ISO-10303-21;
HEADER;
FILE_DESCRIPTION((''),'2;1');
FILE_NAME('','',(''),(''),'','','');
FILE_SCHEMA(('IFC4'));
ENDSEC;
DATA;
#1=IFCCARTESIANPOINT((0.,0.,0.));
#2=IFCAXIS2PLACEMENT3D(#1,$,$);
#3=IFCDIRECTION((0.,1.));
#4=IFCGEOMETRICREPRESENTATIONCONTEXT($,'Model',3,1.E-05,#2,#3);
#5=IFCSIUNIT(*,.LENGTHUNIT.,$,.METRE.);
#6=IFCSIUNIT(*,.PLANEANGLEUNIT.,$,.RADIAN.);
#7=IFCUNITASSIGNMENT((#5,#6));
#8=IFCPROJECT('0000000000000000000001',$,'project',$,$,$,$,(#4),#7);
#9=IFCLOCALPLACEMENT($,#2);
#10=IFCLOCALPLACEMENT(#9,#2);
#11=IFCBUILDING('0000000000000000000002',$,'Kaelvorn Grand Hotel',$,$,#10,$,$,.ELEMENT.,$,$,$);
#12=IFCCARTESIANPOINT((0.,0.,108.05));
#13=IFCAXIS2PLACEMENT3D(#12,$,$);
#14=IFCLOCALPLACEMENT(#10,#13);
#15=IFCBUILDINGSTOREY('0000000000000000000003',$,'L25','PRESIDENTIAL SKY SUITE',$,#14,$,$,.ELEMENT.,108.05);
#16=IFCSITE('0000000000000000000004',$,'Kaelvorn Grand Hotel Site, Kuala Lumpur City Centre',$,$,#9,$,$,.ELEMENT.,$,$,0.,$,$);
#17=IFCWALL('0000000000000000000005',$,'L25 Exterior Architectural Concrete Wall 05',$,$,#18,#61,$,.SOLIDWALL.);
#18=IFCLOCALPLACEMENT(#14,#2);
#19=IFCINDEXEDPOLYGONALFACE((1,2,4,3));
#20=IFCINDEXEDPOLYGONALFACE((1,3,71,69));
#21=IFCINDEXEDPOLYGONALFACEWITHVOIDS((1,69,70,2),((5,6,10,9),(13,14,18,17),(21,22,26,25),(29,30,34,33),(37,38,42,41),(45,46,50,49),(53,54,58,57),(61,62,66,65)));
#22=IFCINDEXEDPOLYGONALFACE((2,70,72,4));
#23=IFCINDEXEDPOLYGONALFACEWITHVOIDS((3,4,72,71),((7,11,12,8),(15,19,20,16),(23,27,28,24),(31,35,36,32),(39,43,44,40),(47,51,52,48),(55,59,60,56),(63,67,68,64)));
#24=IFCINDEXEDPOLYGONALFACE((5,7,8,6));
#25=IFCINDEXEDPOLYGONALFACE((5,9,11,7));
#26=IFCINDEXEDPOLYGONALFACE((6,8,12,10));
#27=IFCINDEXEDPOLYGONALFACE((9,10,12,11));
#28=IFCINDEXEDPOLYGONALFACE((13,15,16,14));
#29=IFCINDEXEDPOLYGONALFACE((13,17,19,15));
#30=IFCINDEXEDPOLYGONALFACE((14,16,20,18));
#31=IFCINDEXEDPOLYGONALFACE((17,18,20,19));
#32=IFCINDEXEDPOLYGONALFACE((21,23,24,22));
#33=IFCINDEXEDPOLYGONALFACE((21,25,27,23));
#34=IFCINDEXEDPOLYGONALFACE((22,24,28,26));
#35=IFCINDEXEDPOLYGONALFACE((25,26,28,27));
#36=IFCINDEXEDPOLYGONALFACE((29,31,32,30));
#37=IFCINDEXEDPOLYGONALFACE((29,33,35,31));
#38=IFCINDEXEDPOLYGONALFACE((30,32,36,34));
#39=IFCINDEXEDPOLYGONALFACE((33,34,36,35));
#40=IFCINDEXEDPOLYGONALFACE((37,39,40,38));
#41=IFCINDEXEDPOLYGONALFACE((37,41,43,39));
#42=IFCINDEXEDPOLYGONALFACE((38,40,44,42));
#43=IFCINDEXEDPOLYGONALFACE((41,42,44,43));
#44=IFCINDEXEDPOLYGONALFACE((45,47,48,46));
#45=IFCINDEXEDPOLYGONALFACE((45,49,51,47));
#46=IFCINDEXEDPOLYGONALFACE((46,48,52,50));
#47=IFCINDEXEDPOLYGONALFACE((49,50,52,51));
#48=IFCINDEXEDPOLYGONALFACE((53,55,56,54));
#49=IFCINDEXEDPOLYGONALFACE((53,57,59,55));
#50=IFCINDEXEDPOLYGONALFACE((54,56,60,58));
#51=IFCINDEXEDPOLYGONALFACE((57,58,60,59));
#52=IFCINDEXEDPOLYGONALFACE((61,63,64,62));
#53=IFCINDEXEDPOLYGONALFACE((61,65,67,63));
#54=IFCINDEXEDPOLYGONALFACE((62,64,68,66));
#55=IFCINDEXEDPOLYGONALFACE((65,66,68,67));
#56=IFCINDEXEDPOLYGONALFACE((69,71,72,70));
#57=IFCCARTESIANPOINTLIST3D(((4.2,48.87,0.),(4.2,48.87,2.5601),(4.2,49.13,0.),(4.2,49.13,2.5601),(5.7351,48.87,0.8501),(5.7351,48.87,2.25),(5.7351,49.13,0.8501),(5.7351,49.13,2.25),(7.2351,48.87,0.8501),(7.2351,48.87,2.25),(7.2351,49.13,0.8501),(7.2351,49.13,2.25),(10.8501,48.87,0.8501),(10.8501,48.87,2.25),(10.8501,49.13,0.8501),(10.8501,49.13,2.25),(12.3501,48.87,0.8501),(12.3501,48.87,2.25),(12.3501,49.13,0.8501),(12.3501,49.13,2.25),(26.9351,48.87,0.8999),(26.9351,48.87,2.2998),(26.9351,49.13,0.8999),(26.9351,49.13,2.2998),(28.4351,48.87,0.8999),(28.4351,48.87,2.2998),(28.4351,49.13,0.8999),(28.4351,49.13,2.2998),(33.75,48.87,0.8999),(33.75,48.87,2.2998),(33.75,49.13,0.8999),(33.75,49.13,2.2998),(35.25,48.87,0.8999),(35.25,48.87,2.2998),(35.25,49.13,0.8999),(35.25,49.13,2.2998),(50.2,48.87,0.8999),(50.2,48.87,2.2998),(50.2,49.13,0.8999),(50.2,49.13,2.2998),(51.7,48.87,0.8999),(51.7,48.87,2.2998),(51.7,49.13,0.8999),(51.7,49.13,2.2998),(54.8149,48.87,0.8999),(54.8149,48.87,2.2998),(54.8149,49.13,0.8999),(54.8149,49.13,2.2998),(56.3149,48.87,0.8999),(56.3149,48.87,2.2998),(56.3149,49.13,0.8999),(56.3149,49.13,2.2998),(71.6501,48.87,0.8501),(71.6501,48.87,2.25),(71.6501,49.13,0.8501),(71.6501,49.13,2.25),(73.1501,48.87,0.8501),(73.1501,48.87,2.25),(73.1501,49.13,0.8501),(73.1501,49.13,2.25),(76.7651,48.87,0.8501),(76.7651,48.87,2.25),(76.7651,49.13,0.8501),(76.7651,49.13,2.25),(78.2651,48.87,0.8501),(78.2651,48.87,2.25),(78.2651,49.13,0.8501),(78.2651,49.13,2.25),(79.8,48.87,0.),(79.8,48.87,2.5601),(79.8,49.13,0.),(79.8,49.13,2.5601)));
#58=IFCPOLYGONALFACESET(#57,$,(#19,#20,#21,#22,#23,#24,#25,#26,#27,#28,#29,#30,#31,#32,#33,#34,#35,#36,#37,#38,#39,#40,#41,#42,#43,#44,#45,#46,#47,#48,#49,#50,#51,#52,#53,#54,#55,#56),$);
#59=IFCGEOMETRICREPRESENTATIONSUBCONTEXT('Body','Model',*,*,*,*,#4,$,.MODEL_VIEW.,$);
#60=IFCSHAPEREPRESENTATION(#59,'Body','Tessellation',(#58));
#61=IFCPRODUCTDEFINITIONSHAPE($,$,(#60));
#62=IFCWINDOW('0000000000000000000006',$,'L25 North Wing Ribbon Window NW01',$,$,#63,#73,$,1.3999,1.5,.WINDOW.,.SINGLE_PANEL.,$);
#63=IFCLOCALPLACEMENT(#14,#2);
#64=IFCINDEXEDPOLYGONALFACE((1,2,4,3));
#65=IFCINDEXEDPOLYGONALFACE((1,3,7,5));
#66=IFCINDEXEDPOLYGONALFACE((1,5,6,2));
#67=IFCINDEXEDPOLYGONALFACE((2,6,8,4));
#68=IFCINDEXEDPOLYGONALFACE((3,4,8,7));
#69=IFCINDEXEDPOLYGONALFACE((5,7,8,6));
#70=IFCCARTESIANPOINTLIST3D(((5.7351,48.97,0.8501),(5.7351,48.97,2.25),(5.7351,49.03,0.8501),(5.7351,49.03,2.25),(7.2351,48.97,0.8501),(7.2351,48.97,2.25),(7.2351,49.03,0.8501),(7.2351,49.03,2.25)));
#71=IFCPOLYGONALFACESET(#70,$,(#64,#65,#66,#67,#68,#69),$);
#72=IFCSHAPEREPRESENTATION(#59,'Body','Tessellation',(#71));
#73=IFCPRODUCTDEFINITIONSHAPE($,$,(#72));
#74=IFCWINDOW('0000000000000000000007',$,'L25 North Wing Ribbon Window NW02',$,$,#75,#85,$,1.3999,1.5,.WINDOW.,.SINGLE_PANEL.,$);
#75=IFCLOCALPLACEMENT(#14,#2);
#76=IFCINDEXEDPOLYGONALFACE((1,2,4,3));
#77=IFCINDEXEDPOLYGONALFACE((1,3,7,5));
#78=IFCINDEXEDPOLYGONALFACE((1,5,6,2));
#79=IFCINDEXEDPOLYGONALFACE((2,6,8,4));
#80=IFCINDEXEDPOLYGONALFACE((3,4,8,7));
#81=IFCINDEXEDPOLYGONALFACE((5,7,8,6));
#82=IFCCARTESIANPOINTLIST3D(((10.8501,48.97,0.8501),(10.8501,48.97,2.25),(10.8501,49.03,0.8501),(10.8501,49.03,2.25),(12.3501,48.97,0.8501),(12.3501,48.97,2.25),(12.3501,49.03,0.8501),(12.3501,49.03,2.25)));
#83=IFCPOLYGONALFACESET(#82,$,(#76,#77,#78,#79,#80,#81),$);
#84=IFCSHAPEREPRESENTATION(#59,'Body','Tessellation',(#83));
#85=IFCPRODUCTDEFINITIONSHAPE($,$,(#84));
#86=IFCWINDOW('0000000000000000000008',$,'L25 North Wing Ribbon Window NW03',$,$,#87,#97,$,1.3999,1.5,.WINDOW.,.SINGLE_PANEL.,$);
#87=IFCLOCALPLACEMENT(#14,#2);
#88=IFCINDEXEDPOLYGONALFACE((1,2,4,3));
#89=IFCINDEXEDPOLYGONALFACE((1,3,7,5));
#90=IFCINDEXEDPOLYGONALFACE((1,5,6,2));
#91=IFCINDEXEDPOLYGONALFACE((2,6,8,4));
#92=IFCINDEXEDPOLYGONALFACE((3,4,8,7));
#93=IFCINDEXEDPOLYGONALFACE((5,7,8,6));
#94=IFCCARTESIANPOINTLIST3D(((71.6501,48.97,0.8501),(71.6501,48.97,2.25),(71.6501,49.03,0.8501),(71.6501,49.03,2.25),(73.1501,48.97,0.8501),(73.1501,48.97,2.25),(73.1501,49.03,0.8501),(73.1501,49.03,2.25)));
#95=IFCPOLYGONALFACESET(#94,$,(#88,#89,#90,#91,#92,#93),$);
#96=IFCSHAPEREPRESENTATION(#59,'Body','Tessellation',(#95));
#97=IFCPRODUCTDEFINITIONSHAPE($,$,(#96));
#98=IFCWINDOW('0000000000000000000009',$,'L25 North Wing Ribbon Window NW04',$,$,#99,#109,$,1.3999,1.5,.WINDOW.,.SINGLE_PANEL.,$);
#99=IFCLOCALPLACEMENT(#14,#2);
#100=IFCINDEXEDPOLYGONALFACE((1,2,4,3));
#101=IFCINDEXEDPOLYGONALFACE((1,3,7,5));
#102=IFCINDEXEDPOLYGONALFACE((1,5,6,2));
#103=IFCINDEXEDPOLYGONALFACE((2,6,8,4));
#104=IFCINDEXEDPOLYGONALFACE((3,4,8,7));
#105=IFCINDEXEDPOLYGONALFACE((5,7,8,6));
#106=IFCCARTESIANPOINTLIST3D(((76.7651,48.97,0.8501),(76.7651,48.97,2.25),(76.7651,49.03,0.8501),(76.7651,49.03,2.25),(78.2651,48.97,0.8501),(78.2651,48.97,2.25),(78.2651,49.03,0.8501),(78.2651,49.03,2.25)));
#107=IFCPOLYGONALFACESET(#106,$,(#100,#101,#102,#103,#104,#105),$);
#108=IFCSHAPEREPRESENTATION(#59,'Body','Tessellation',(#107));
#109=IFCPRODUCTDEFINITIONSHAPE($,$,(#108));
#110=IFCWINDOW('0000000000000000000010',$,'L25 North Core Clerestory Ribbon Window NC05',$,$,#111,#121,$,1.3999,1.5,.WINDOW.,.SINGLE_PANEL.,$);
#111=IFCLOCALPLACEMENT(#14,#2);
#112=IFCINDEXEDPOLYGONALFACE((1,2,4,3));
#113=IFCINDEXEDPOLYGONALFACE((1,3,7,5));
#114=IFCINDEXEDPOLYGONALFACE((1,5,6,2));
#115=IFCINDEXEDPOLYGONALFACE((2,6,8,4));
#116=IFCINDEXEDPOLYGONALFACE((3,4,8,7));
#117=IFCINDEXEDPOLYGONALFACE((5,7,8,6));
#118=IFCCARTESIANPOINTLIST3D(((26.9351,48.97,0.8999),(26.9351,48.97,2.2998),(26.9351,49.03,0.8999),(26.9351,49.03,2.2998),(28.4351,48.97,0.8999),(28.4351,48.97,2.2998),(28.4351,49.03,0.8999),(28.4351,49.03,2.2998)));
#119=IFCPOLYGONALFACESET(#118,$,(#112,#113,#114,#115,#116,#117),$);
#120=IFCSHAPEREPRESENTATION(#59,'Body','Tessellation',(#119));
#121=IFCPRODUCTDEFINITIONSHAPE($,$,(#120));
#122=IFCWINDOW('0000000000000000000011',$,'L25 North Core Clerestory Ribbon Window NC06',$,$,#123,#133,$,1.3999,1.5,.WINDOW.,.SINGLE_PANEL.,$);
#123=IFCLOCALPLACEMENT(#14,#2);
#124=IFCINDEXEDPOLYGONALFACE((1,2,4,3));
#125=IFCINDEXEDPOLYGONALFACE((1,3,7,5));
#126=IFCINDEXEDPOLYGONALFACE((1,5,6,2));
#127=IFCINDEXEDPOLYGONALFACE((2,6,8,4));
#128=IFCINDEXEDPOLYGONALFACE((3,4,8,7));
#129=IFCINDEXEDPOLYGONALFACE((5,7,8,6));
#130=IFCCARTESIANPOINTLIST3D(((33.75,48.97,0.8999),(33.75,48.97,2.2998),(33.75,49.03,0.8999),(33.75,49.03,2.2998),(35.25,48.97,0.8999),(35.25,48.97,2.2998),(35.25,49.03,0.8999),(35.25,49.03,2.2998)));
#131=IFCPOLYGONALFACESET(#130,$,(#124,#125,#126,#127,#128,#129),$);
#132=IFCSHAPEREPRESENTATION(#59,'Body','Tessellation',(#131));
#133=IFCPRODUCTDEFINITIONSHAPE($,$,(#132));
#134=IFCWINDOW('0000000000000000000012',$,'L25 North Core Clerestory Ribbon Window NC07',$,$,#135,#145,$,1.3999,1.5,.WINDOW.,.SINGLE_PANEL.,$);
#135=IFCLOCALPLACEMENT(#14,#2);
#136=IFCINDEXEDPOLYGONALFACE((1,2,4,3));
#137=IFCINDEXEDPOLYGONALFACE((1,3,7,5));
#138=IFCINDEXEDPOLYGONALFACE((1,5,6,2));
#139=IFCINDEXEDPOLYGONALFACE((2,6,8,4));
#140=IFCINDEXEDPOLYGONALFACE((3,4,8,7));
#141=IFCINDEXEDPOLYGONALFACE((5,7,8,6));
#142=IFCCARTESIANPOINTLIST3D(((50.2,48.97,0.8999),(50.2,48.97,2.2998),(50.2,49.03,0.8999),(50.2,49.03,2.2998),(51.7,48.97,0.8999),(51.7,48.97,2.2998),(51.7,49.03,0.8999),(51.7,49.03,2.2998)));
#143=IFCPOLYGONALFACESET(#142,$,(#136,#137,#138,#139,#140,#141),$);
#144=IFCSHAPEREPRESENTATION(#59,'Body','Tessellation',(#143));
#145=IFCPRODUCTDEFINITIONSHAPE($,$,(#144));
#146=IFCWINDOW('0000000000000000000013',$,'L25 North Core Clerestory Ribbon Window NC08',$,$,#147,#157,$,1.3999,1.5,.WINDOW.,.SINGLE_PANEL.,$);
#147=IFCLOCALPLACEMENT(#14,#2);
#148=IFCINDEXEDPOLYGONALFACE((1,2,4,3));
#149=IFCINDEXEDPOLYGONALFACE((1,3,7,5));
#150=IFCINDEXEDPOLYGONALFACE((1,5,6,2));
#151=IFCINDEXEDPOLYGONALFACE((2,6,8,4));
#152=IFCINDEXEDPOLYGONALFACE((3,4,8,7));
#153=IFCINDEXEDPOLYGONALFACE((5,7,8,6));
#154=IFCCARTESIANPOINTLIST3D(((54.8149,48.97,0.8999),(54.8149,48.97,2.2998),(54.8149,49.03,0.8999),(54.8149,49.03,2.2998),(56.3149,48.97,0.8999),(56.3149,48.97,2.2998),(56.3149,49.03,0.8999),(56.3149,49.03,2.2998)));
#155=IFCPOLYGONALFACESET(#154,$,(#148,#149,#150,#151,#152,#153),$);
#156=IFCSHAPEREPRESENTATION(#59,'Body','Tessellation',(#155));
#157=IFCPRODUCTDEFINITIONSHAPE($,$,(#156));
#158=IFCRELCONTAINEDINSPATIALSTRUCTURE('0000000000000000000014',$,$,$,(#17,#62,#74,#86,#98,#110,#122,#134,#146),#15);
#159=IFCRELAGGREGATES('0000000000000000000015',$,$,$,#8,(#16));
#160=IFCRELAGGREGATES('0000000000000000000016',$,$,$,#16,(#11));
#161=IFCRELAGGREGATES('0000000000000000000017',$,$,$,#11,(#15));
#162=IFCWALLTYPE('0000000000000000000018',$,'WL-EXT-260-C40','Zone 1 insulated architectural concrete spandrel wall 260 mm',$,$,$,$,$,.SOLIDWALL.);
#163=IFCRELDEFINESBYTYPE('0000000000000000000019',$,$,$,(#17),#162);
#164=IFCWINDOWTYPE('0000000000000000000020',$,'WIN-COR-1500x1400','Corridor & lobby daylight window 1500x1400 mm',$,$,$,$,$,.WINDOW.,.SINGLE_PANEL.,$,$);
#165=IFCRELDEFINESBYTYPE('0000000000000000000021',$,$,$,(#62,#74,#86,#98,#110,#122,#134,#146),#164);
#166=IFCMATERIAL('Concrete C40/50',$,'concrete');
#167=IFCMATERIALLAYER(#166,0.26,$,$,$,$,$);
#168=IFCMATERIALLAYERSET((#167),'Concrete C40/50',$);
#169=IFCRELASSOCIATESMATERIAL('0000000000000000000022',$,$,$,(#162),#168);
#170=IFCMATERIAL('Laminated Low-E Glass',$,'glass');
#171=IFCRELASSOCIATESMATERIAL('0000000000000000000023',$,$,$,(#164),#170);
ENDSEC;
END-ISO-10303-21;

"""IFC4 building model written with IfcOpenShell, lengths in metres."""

from ifc_helpers import new_model, si_unit, direction, frame, frame_2d, origin, place, context, subcontext, project, spatial, rectangle, extrude, material, layer, layer_set, type_object, element, fill, save


model = new_model("IFC4")

# Units and contexts
model_context = context("Model", 3, precision=1e-05, world=origin(), true_north=direction((0.0, 1.0)))
body_context = subcontext(model_context, "Body", "Model", "MODEL_VIEW")
ifc_project = project(units=[si_unit("LENGTHUNIT", "METRE"), si_unit("PLANEANGLEUNIT", "RADIAN")], contexts=[model_context])

# Site, building, storey
site_placement = place(None, origin())
site = spatial("IfcSite", under=ifc_project, at=site_placement, Name="Kaelvorn Grand Hotel Site, Kuala Lumpur City Centre", CompositionType="ELEMENT", RefElevation=0.0)
building_placement = place(site_placement, origin())
building = spatial("IfcBuilding", under=site, at=building_placement, Name="Kaelvorn Grand Hotel", CompositionType="ELEMENT")
storey_placement = place(building_placement, frame((0.0, 0.0, 108.05)))
storey = spatial("IfcBuildingStorey", under=building, at=storey_placement, Name="L25", Description="PRESIDENTIAL SKY SUITE", CompositionType="ELEMENT", Elevation=108.05)

# Shared definitions
ifc_material_1 = material(Name="Concrete C40/50", Category="concrete")
ifc_layer_1 = layer(ifc_material_1, 0.26)
ifc_layer_set_1 = layer_set([ifc_layer_1], Name="Concrete C40/50")
wall_type = type_object("IfcWallType", Name="WL-EXT-260-C40", Description="Zone 1 insulated architectural concrete spandrel wall 260 mm", PredefinedType="SOLIDWALL", material=ifc_layer_set_1)

# Wall, openings, windows
wall_1_placement = place(storey_placement, frame((79.8, 49.0, 0.0), z_axis=(0.0, 0.0, 1.0), x_axis=(-1.0, 0.0, 0.0)))
wall_1 = element("IfcWall", 1, at=wall_1_placement, inside=storey, type_object=wall_type, Name="L25 Exterior Architectural Concrete Wall 05", PredefinedType="SOLIDWALL", context=body_context, shape_type="SweptSolid", body=[
    extrude(rectangle(XDim=75.6001, YDim=0.26, at=frame_2d((37.8, 0.0))), origin(), (0.0, 0.0, 1.0), 2.5601),
])
opening_1_placement = place(wall_1_placement, frame((72.5649, 0.0, 0.8501)))
opening_1 = element("IfcOpeningElement", 2, at=opening_1_placement, cuts=wall_1, PredefinedType="OPENING", context=body_context, shape_type="SweptSolid", body=[
    extrude(rectangle(XDim=1.5, YDim=1.3999, at=frame_2d((0.75, 0.7))), frame((0.0, 0.1401, 0.0), z_axis=(0.0, -1.0, 0.0), x_axis=(1.0, 0.0, 0.0)), (0.0, 0.0, 1.0), 0.28),
])
opening_2_placement = place(wall_1_placement, frame((67.45, 0.0, 0.8501)))
opening_2 = element("IfcOpeningElement", 3, at=opening_2_placement, cuts=wall_1, PredefinedType="OPENING", context=body_context, shape_type="SweptSolid", body=[
    extrude(rectangle(XDim=1.5, YDim=1.3999, at=frame_2d((0.75, 0.7))), frame((0.0, 0.1401, 0.0), z_axis=(0.0, -1.0, 0.0), x_axis=(1.0, 0.0, 0.0)), (0.0, 0.0, 1.0), 0.28),
])
opening_3_placement = place(wall_1_placement, frame((6.6499, 0.0, 0.8501)))
opening_3 = element("IfcOpeningElement", 4, at=opening_3_placement, cuts=wall_1, PredefinedType="OPENING", context=body_context, shape_type="SweptSolid", body=[
    extrude(rectangle(XDim=1.5, YDim=1.3999, at=frame_2d((0.75, 0.7))), frame((0.0, 0.1401, 0.0), z_axis=(0.0, -1.0, 0.0), x_axis=(1.0, 0.0, 0.0)), (0.0, 0.0, 1.0), 0.28),
])
opening_4_placement = place(wall_1_placement, frame((1.5349, 0.0, 0.8501)))
opening_4 = element("IfcOpeningElement", 5, at=opening_4_placement, cuts=wall_1, PredefinedType="OPENING", context=body_context, shape_type="SweptSolid", body=[
    extrude(rectangle(XDim=1.5, YDim=1.3999, at=frame_2d((0.75, 0.7))), frame((0.0, 0.1401, 0.0), z_axis=(0.0, -1.0, 0.0), x_axis=(1.0, 0.0, 0.0)), (0.0, 0.0, 1.0), 0.28),
])
opening_5_placement = place(wall_1_placement, frame((51.365, 0.0, 0.8999)))
opening_5 = element("IfcOpeningElement", 6, at=opening_5_placement, cuts=wall_1, PredefinedType="OPENING", context=body_context, shape_type="SweptSolid", body=[
    extrude(rectangle(XDim=1.5, YDim=1.3999, at=frame_2d((0.75, 0.7))), frame((0.0, 0.1401, 0.0), z_axis=(0.0, -1.0, 0.0), x_axis=(1.0, 0.0, 0.0)), (0.0, 0.0, 1.0), 0.28),
])
opening_6_placement = place(wall_1_placement, frame((44.55, 0.0, 0.8999)))
opening_6 = element("IfcOpeningElement", 7, at=opening_6_placement, cuts=wall_1, PredefinedType="OPENING", context=body_context, shape_type="SweptSolid", body=[
    extrude(rectangle(XDim=1.5, YDim=1.3999, at=frame_2d((0.75, 0.7))), frame((0.0, 0.1401, 0.0), z_axis=(0.0, -1.0, 0.0), x_axis=(1.0, 0.0, 0.0)), (0.0, 0.0, 1.0), 0.28),
])
opening_7_placement = place(wall_1_placement, frame((28.1001, 0.0, 0.8999)))
opening_7 = element("IfcOpeningElement", 8, at=opening_7_placement, cuts=wall_1, PredefinedType="OPENING", context=body_context, shape_type="SweptSolid", body=[
    extrude(rectangle(XDim=1.5, YDim=1.3999, at=frame_2d((0.75, 0.7))), frame((0.0, 0.1401, 0.0), z_axis=(0.0, -1.0, 0.0), x_axis=(1.0, 0.0, 0.0)), (0.0, 0.0, 1.0), 0.28),
])
opening_8_placement = place(wall_1_placement, frame((23.4851, 0.0, 0.8999)))
opening_8 = element("IfcOpeningElement", 9, at=opening_8_placement, cuts=wall_1, PredefinedType="OPENING", context=body_context, shape_type="SweptSolid", body=[
    extrude(rectangle(XDim=1.5, YDim=1.3999, at=frame_2d((0.75, 0.7))), frame((0.0, 0.1401, 0.0), z_axis=(0.0, -1.0, 0.0), x_axis=(1.0, 0.0, 0.0)), (0.0, 0.0, 1.0), 0.28),
])
ifc_material_2 = material(Name="Laminated Low-E Glass", Category="glass")
window_type = type_object("IfcWindowType", Name="WIN-COR-1500x1400", Description="Corridor & lobby daylight window 1500x1400 mm", PartitioningType="SINGLE_PANEL", PredefinedType="WINDOW", material=ifc_material_2)
window_1_placement = place(opening_1_placement, origin())
window_1 = element("IfcWindow", 10, at=window_1_placement, inside=storey, type_object=window_type, Name="L25 North Wing Ribbon Window NW01", OverallHeight=1.3999, OverallWidth=1.5, PartitioningType="SINGLE_PANEL", PredefinedType="WINDOW", context=body_context, shape_type="SweptSolid", body=[
    extrude(rectangle(XDim=1.5, YDim=1.3999, at=frame_2d((0.75, 0.7))), frame((0.0, 0.03, 0.0), z_axis=(0.0, -1.0, 0.0), x_axis=(1.0, 0.0, 0.0)), (0.0, 0.0, 1.0), 0.0601),
])
fill(opening_1, window_1)
window_2_placement = place(opening_2_placement, origin())
window_2 = element("IfcWindow", 11, at=window_2_placement, inside=storey, type_object=window_type, Name="L25 North Wing Ribbon Window NW02", OverallHeight=1.3999, OverallWidth=1.5, PartitioningType="SINGLE_PANEL", PredefinedType="WINDOW", context=body_context, shape_type="SweptSolid", body=[
    extrude(rectangle(XDim=1.5, YDim=1.3999, at=frame_2d((0.75, 0.7))), frame((0.0, 0.03, 0.0), z_axis=(0.0, -1.0, 0.0), x_axis=(1.0, 0.0, 0.0)), (0.0, 0.0, 1.0), 0.0601),
])
fill(opening_2, window_2)
window_3_placement = place(opening_3_placement, origin())
window_3 = element("IfcWindow", 12, at=window_3_placement, inside=storey, type_object=window_type, Name="L25 North Wing Ribbon Window NW03", OverallHeight=1.3999, OverallWidth=1.5, PartitioningType="SINGLE_PANEL", PredefinedType="WINDOW", context=body_context, shape_type="SweptSolid", body=[
    extrude(rectangle(XDim=1.5, YDim=1.3999, at=frame_2d((0.75, 0.7))), frame((0.0, 0.03, 0.0), z_axis=(0.0, -1.0, 0.0), x_axis=(1.0, 0.0, 0.0)), (0.0, 0.0, 1.0), 0.0601),
])
fill(opening_3, window_3)
window_4_placement = place(opening_4_placement, origin())
window_4 = element("IfcWindow", 13, at=window_4_placement, inside=storey, type_object=window_type, Name="L25 North Wing Ribbon Window NW04", OverallHeight=1.3999, OverallWidth=1.5, PartitioningType="SINGLE_PANEL", PredefinedType="WINDOW", context=body_context, shape_type="SweptSolid", body=[
    extrude(rectangle(XDim=1.5, YDim=1.3999, at=frame_2d((0.75, 0.7))), frame((0.0, 0.03, 0.0), z_axis=(0.0, -1.0, 0.0), x_axis=(1.0, 0.0, 0.0)), (0.0, 0.0, 1.0), 0.0601),
])
fill(opening_4, window_4)
window_5_placement = place(opening_5_placement, origin())
window_5 = element("IfcWindow", 14, at=window_5_placement, inside=storey, type_object=window_type, Name="L25 North Core Clerestory Ribbon Window NC05", OverallHeight=1.3999, OverallWidth=1.5, PartitioningType="SINGLE_PANEL", PredefinedType="WINDOW", context=body_context, shape_type="SweptSolid", body=[
    extrude(rectangle(XDim=1.5, YDim=1.3999, at=frame_2d((0.75, 0.7))), frame((0.0, 0.03, 0.0), z_axis=(0.0, -1.0, 0.0), x_axis=(1.0, 0.0, 0.0)), (0.0, 0.0, 1.0), 0.0601),
])
fill(opening_5, window_5)
window_6_placement = place(opening_6_placement, origin())
window_6 = element("IfcWindow", 15, at=window_6_placement, inside=storey, type_object=window_type, Name="L25 North Core Clerestory Ribbon Window NC06", OverallHeight=1.3999, OverallWidth=1.5, PartitioningType="SINGLE_PANEL", PredefinedType="WINDOW", context=body_context, shape_type="SweptSolid", body=[
    extrude(rectangle(XDim=1.5, YDim=1.3999, at=frame_2d((0.75, 0.7))), frame((0.0, 0.03, 0.0), z_axis=(0.0, -1.0, 0.0), x_axis=(1.0, 0.0, 0.0)), (0.0, 0.0, 1.0), 0.0601),
])
fill(opening_6, window_6)
window_7_placement = place(opening_7_placement, origin())
window_7 = element("IfcWindow", 16, at=window_7_placement, inside=storey, type_object=window_type, Name="L25 North Core Clerestory Ribbon Window NC07", OverallHeight=1.3999, OverallWidth=1.5, PartitioningType="SINGLE_PANEL", PredefinedType="WINDOW", context=body_context, shape_type="SweptSolid", body=[
    extrude(rectangle(XDim=1.5, YDim=1.3999, at=frame_2d((0.75, 0.7))), frame((0.0, 0.03, 0.0), z_axis=(0.0, -1.0, 0.0), x_axis=(1.0, 0.0, 0.0)), (0.0, 0.0, 1.0), 0.0601),
])
fill(opening_7, window_7)
window_8_placement = place(opening_8_placement, origin())
window_8 = element("IfcWindow", 17, at=window_8_placement, inside=storey, type_object=window_type, Name="L25 North Core Clerestory Ribbon Window NC08", OverallHeight=1.3999, OverallWidth=1.5, PartitioningType="SINGLE_PANEL", PredefinedType="WINDOW", context=body_context, shape_type="SweptSolid", body=[
    extrude(rectangle(XDim=1.5, YDim=1.3999, at=frame_2d((0.75, 0.7))), frame((0.0, 0.03, 0.0), z_axis=(0.0, -1.0, 0.0), x_axis=(1.0, 0.0, 0.0)), (0.0, 0.0, 1.0), 0.0601),
])
fill(opening_8, window_8)

save(model, "model.ifc")
